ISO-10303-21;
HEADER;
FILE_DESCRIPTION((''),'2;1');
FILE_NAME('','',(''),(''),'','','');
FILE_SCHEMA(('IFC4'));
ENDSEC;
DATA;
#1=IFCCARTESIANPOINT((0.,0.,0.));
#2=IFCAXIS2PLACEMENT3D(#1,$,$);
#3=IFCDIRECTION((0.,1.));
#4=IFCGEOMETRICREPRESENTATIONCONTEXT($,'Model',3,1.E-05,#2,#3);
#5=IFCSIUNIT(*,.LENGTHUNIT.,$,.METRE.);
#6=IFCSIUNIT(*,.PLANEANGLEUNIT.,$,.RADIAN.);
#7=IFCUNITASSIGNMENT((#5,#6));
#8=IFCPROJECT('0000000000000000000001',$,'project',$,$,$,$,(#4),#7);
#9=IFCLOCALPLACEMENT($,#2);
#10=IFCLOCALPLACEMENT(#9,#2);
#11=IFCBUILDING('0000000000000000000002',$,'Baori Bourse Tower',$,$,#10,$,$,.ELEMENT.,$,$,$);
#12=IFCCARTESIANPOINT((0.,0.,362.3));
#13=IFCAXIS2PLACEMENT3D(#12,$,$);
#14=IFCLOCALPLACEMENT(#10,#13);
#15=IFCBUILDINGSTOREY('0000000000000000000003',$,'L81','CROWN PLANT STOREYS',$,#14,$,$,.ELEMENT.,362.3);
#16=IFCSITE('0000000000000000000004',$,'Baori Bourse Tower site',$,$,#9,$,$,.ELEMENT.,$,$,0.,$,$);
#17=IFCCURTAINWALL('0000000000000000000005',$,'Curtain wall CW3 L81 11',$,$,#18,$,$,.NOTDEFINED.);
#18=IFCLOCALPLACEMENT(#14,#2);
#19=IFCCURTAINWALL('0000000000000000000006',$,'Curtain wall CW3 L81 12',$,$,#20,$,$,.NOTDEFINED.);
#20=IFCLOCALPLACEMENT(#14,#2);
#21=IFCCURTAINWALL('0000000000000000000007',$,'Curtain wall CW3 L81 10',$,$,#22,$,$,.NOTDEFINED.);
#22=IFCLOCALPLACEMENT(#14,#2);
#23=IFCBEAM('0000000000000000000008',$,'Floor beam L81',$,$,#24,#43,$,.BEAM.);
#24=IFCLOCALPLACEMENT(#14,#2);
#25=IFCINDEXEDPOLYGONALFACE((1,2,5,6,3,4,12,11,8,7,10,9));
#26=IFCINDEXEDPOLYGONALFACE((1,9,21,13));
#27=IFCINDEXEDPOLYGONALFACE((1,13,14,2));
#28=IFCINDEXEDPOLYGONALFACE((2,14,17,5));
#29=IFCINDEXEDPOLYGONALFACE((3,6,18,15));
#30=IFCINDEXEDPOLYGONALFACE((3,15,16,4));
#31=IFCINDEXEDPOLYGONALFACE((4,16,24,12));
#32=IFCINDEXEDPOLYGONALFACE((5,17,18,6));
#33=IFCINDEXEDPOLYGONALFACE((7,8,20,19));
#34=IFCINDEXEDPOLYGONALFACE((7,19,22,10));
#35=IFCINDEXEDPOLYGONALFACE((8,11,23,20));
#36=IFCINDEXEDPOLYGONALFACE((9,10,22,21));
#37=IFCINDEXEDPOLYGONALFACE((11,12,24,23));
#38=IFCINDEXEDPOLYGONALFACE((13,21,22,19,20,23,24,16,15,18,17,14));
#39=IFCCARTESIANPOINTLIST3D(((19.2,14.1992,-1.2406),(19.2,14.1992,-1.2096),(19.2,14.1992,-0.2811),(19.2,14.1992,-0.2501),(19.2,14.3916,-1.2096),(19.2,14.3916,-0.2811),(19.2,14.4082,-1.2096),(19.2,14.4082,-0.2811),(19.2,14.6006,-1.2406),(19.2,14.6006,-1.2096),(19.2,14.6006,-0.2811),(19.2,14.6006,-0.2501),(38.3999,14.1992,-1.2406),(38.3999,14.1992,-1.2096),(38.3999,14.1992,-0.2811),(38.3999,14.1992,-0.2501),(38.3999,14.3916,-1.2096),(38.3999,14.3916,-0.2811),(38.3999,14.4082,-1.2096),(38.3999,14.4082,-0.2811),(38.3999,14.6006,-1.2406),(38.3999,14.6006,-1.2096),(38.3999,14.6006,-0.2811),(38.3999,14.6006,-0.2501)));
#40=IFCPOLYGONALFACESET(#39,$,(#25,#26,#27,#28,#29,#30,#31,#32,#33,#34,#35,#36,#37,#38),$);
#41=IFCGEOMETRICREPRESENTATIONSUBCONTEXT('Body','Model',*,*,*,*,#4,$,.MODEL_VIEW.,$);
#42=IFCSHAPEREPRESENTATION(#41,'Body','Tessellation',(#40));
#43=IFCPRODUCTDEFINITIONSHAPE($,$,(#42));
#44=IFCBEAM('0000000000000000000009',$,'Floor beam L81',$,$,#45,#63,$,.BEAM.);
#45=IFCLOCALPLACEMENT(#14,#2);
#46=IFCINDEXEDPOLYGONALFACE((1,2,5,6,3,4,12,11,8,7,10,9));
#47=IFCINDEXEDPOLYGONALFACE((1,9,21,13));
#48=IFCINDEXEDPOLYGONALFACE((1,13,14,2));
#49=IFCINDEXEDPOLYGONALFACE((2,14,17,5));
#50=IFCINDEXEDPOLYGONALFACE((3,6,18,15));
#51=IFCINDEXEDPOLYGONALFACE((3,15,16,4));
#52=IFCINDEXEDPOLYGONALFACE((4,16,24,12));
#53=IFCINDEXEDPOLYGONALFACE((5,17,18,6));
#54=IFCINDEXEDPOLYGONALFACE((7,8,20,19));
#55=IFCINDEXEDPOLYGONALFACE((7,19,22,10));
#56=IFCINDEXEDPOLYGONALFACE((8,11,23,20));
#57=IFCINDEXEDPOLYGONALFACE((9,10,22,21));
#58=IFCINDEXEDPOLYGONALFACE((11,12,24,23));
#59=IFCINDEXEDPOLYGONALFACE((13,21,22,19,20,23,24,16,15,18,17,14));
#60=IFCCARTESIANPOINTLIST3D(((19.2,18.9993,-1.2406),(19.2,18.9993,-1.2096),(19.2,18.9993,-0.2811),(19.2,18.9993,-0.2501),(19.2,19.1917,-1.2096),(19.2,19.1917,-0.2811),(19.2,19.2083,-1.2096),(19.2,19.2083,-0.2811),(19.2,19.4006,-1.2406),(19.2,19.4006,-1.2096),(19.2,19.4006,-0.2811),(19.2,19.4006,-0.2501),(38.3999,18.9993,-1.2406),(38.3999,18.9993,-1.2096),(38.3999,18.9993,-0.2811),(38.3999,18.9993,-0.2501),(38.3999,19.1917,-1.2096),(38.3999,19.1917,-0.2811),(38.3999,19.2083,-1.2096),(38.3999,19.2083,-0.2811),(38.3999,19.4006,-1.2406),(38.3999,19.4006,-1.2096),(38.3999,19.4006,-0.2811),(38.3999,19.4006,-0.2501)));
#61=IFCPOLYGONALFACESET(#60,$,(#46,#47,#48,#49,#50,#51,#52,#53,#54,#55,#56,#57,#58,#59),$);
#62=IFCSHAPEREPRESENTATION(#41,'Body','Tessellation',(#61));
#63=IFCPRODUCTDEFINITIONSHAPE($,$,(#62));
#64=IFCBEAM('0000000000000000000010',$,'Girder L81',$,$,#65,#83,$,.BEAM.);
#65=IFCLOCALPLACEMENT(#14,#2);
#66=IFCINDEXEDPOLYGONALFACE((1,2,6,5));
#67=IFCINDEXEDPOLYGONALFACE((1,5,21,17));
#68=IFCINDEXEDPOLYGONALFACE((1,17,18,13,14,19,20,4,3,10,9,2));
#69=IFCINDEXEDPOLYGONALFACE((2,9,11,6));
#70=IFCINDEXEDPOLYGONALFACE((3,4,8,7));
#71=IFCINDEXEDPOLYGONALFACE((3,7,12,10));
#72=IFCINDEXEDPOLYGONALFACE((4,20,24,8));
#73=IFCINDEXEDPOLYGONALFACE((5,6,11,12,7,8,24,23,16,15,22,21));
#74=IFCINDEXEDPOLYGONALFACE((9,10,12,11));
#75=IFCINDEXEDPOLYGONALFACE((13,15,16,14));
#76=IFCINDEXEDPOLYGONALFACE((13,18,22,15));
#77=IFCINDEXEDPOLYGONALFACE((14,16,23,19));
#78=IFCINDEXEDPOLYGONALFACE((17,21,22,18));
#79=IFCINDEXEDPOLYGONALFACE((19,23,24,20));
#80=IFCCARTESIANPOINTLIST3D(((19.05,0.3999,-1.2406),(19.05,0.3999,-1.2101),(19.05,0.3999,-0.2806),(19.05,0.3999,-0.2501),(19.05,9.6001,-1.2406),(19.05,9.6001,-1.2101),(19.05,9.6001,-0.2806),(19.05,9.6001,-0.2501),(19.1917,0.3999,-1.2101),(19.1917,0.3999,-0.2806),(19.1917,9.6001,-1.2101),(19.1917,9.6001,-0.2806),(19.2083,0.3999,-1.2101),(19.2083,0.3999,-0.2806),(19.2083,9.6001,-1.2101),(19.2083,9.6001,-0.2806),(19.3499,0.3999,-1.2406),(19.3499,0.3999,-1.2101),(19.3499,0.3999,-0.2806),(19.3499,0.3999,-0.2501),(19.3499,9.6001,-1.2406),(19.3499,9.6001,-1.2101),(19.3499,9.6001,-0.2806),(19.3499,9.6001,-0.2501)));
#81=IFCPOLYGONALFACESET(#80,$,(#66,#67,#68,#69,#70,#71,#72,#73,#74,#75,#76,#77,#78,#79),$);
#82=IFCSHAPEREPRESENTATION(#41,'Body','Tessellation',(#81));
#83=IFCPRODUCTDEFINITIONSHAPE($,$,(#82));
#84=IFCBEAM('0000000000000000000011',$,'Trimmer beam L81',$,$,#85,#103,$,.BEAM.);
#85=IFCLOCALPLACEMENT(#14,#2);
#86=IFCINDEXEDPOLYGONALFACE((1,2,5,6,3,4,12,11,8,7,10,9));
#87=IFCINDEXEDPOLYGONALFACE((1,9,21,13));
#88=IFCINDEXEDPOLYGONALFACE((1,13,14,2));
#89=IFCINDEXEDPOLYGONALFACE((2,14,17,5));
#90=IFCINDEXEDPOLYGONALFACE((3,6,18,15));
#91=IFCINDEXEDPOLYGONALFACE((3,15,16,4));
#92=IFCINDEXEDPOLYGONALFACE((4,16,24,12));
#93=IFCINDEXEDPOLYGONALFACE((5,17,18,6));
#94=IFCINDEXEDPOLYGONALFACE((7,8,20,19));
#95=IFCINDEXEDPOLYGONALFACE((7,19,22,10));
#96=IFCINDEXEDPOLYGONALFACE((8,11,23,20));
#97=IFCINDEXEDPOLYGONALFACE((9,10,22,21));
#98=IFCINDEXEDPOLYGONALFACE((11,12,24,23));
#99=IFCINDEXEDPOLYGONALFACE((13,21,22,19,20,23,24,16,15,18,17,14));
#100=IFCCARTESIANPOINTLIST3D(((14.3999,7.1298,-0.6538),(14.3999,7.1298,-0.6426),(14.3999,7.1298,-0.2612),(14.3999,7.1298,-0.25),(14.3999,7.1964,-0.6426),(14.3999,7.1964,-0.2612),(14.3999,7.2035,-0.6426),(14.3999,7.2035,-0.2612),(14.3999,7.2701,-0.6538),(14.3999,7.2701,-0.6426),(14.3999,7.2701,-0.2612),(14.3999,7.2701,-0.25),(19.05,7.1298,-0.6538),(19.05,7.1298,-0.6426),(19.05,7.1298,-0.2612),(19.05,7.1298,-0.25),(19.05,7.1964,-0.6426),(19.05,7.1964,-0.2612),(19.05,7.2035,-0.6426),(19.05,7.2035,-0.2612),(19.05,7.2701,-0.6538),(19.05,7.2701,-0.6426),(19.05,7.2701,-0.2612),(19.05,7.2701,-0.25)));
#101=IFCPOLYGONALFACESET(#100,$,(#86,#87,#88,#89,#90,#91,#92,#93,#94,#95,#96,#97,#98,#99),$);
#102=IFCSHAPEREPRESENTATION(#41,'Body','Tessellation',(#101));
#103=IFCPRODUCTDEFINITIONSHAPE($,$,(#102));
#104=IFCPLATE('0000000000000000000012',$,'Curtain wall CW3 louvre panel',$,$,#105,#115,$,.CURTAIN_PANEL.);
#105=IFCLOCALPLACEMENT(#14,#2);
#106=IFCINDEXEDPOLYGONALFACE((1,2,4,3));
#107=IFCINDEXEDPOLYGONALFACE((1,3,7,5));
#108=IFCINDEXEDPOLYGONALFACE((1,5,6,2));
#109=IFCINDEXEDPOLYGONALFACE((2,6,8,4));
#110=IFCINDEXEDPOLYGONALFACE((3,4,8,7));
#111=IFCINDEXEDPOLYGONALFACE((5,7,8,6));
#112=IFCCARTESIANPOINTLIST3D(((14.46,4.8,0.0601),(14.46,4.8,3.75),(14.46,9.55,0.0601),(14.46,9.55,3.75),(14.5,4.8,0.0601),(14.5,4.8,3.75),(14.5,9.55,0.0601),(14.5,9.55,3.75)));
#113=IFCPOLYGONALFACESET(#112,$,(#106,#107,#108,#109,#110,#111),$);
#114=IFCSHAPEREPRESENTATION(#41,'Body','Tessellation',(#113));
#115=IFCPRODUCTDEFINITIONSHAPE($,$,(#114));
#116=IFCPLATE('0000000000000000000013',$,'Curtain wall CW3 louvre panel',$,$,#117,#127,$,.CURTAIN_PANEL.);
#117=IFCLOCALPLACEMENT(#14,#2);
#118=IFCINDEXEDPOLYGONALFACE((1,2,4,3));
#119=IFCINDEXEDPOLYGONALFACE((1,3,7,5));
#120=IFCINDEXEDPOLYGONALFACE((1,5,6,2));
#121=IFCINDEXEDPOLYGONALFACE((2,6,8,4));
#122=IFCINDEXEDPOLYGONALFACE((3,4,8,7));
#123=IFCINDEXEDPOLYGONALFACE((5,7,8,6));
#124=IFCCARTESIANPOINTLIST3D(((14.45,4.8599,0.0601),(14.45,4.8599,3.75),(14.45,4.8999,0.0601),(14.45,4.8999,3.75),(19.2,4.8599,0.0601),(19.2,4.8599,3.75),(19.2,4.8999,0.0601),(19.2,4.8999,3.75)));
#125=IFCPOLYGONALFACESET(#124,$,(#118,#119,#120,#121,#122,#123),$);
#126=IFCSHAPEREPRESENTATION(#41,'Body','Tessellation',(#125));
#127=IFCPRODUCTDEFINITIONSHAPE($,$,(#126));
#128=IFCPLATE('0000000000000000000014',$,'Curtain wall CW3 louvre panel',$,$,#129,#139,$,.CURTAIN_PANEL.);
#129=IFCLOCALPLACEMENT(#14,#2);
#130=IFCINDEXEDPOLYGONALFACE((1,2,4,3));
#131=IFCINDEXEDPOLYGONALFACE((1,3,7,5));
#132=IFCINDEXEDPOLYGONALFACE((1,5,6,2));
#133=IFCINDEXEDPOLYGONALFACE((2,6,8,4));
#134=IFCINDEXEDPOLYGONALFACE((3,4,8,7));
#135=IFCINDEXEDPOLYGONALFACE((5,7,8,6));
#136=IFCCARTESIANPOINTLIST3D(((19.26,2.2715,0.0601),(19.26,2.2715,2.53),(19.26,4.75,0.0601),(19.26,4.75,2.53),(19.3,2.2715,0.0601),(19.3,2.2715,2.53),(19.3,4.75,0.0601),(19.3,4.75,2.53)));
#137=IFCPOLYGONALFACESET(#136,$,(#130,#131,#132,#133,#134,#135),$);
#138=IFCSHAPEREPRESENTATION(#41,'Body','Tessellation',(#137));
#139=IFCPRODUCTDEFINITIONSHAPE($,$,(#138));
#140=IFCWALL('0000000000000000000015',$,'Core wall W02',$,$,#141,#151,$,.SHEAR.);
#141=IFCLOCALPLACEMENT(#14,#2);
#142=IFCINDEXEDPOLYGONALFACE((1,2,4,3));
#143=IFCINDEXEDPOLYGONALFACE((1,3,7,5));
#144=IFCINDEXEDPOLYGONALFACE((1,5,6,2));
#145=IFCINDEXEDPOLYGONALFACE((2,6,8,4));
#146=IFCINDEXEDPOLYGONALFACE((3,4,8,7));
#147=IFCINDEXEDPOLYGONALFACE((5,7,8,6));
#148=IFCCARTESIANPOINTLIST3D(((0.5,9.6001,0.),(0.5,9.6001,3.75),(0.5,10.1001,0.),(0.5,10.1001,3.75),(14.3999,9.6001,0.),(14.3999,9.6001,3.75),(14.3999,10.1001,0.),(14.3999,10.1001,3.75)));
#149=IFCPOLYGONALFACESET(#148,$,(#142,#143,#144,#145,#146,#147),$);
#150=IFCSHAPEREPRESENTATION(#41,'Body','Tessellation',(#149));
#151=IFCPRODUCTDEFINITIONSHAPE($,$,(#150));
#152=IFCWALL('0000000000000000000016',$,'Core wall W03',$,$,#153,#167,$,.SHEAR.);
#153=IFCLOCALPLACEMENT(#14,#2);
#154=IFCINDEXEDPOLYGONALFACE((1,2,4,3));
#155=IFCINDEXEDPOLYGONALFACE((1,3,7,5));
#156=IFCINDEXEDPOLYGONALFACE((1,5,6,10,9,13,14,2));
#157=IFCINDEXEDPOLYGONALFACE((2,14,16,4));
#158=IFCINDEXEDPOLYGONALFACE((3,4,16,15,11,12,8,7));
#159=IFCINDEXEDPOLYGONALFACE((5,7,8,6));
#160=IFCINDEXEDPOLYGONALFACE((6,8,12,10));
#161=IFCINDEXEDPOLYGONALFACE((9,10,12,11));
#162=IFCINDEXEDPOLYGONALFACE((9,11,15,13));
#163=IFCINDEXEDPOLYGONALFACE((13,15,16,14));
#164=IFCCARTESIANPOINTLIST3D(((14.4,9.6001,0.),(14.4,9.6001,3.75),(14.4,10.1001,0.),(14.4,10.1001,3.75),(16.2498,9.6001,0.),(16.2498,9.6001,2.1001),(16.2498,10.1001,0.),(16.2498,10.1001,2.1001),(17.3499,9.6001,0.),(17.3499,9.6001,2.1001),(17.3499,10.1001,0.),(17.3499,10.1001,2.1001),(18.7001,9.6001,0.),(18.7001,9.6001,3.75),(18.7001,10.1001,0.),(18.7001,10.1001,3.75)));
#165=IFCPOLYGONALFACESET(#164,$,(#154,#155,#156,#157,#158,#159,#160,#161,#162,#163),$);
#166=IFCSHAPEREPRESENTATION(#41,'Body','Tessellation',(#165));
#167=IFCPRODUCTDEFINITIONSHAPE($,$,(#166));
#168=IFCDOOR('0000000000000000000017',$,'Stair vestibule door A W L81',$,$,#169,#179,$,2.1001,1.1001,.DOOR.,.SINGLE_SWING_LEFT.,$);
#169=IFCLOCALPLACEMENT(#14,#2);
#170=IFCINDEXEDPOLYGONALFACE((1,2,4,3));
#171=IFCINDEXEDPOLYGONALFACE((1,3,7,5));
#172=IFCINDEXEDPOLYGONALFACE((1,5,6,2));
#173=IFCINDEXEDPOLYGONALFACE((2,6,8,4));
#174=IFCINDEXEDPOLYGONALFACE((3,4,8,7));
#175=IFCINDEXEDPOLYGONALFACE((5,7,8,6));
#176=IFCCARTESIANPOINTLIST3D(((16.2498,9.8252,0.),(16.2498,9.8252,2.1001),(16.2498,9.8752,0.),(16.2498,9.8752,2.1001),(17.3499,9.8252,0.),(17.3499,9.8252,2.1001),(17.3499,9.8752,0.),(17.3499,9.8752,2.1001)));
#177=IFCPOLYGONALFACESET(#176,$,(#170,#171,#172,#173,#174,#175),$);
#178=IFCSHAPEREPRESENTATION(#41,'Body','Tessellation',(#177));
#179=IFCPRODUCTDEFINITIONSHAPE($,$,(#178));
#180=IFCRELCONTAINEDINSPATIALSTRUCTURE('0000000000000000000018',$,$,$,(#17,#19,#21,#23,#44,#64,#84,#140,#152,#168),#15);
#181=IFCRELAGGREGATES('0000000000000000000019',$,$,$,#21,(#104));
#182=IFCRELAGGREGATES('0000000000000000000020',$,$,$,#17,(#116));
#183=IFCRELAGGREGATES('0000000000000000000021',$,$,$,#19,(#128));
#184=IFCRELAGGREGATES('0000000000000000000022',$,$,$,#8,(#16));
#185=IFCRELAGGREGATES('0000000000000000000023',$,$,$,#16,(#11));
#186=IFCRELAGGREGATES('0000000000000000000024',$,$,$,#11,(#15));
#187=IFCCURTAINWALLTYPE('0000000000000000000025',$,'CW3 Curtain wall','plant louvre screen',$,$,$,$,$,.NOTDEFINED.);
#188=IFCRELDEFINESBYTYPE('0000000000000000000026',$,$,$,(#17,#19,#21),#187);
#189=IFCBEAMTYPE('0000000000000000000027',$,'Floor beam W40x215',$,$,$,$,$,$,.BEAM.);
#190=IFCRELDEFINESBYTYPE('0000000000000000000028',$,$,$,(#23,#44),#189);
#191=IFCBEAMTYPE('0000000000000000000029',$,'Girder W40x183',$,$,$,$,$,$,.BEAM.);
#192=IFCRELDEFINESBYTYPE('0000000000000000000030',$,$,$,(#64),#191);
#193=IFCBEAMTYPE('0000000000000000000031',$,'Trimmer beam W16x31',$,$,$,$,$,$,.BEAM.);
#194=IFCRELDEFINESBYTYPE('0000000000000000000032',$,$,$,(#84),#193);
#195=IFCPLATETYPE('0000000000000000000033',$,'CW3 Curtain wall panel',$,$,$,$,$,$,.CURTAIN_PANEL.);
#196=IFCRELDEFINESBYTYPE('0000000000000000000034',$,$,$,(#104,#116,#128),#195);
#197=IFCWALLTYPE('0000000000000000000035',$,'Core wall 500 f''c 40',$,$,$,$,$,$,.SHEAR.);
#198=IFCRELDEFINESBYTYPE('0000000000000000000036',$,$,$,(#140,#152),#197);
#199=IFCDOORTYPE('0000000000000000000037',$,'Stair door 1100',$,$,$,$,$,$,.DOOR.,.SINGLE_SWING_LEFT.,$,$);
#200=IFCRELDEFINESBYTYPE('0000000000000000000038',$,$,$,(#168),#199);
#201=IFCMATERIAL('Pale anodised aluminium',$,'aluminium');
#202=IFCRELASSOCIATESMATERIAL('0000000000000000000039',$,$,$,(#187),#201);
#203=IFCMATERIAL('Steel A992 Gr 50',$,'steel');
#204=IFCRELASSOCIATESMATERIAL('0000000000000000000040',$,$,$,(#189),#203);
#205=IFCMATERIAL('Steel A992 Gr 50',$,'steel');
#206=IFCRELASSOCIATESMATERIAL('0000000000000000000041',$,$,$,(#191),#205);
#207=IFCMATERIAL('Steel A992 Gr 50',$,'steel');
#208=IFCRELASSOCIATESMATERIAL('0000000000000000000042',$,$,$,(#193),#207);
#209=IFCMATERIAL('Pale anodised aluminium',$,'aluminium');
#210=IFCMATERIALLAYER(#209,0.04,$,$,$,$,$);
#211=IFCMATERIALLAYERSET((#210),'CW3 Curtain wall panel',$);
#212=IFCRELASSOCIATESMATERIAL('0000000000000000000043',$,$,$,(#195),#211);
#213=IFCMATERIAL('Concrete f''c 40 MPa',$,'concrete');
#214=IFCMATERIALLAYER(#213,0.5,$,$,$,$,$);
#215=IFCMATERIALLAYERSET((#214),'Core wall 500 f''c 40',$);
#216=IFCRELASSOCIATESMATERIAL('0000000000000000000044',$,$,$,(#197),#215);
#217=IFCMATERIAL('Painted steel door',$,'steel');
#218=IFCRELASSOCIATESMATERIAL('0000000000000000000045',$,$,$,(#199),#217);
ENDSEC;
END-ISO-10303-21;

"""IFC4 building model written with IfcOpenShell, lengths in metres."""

from ifc_helpers import new_model, si_unit, direction, frame, frame_2d, origin, origin_2d, place, context, subcontext, project, spatial, rectangle, i_section, extrude, material, layer, layer_set, material_profile, profile_set, type_object, element, fill, aggregate, save


model = new_model("IFC4")

# Units and contexts
model_context = context("Model", 3, precision=1e-05, world=origin(), true_north=direction((0.0, 1.0)))
body_context = subcontext(model_context, "Body", "Model", "MODEL_VIEW")
ifc_project = project(units=[si_unit("LENGTHUNIT", "METRE"), si_unit("PLANEANGLEUNIT", "RADIAN")], contexts=[model_context])

# Site, building, storey
site_placement = place(None, origin())
site = spatial("IfcSite", under=ifc_project, at=site_placement, Name="Baori Bourse Tower site", CompositionType="ELEMENT", RefElevation=0.0)
building_placement = place(site_placement, origin())
building = spatial("IfcBuilding", under=site, at=building_placement, Name="Baori Bourse Tower", CompositionType="ELEMENT")
storey_placement = place(building_placement, frame((0.0, 0.0, 362.3)))
storey = spatial("IfcBuildingStorey", under=building, at=storey_placement, Name="L81", Description="CROWN PLANT STOREYS", CompositionType="ELEMENT", Elevation=362.3)

# Curtain walls
ifc_material_1 = material(Name="Pale anodised aluminium", Category="aluminium")
curtain_wall_type = type_object("IfcCurtainWallType", Name="CW3 Curtain wall", Description="plant louvre screen", PredefinedType="NOTDEFINED", material=ifc_material_1)
curtain_wall_1_placement = place(storey_placement, origin())
curtain_wall_1 = element("IfcCurtainWall", 1, at=curtain_wall_1_placement, inside=storey, type_object=curtain_wall_type, Name="Curtain wall CW3 L81 11", PredefinedType="NOTDEFINED")
curtain_wall_2_placement = place(storey_placement, origin())
curtain_wall_2 = element("IfcCurtainWall", 2, at=curtain_wall_2_placement, inside=storey, type_object=curtain_wall_type, Name="Curtain wall CW3 L81 12", PredefinedType="NOTDEFINED")
curtain_wall_3_placement = place(storey_placement, origin())
curtain_wall_3 = element("IfcCurtainWall", 3, at=curtain_wall_3_placement, inside=storey, type_object=curtain_wall_type, Name="Curtain wall CW3 L81 10", PredefinedType="NOTDEFINED")

# Beams
ifc_material_2 = material(Name="Steel A992 Gr 50", Category="steel")
ifc_material_profile_1 = material_profile(ifc_material_2, i_section(OverallWidth=0.4014, OverallDepth=0.9905, WebThickness=0.0166, FlangeThickness=0.031, at=origin_2d()), Name="W40x215")
ifc_profile_set_1 = profile_set([ifc_material_profile_1], Name="Steel A992 Gr 50")
beam_type_1 = type_object("IfcBeamType", Name="Floor beam W40x215", PredefinedType="BEAM", material=ifc_profile_set_1)
for number, where, z_axis, x_axis, name in (
    (4, (19.2, 14.3999, -0.7454), (1.0, 0.0, 0.0), (0.0, 1.0, 0.0), "Floor beam L81"),
    (5, (19.2, 19.2, -0.7454), (1.0, 0.0, 0.0), (0.0, 1.0, 0.0), "Floor beam L81"),
):
    element("IfcBeam", number, at=place(storey_placement, frame(where, z_axis=z_axis, x_axis=x_axis)), inside=storey, type_object=beam_type_1, Name=name, PredefinedType="BEAM", context=body_context, shape_type="SweptSolid", body=[
        extrude(i_section(OverallWidth=0.4014, OverallDepth=0.9905, WebThickness=0.0166, FlangeThickness=0.031, at=origin_2d()), origin(), (0.0, 0.0, 1.0), 19.2),
    ])
ifc_material_3 = material(Name="Steel A992 Gr 50", Category="steel")
ifc_material_profile_2 = material_profile(ifc_material_3, i_section(OverallWidth=0.2998, OverallDepth=0.9905, WebThickness=0.0166, FlangeThickness=0.0305, at=origin_2d()), Name="W40x183")
ifc_profile_set_2 = profile_set([ifc_material_profile_2], Name="Steel A992 Gr 50")
beam_type_2 = type_object("IfcBeamType", Name="Girder W40x183", PredefinedType="BEAM", material=ifc_profile_set_2)
beam_1_placement = place(storey_placement, frame((19.2, 0.3999, -0.7454), z_axis=(0.0, 1.0, 0.0), x_axis=(-1.0, 0.0, 0.0)))
element("IfcBeam", 6, at=beam_1_placement, inside=storey, type_object=beam_type_2, Name="Girder L81", PredefinedType="BEAM", context=body_context, shape_type="SweptSolid", body=[
    extrude(i_section(OverallWidth=0.2998, OverallDepth=0.9905, WebThickness=0.0166, FlangeThickness=0.0305, at=origin_2d()), origin(), (0.0, 0.0, 1.0), 9.2002),
])
ifc_material_4 = material(Name="Steel A992 Gr 50", Category="steel")
ifc_material_profile_3 = material_profile(ifc_material_4, i_section(OverallWidth=0.1404, OverallDepth=0.4038, WebThickness=0.0071, FlangeThickness=0.0112, at=origin_2d()), Name="W16x31")
ifc_profile_set_3 = profile_set([ifc_material_profile_3], Name="Steel A992 Gr 50")
beam_type_3 = type_object("IfcBeamType", Name="Trimmer beam W16x31", PredefinedType="BEAM", material=ifc_profile_set_3)
beam_2_placement = place(storey_placement, frame((14.3999, 7.2, -0.4519), z_axis=(1.0, 0.0, 0.0), x_axis=(0.0, 1.0, 0.0)))
element("IfcBeam", 7, at=beam_2_placement, inside=storey, type_object=beam_type_3, Name="Trimmer beam L81", PredefinedType="BEAM", context=body_context, shape_type="SweptSolid", body=[
    extrude(i_section(OverallWidth=0.1404, OverallDepth=0.4038, WebThickness=0.0071, FlangeThickness=0.0112, at=origin_2d()), origin(), (0.0, 0.0, 1.0), 4.6501),
])

# Plates
ifc_material_5 = material(Name="Pale anodised aluminium", Category="aluminium")
ifc_layer_1 = layer(ifc_material_5, 0.04)
ifc_layer_set_1 = layer_set([ifc_layer_1], Name="CW3 Curtain wall panel")
plate_type = type_object("IfcPlateType", Name="CW3 Curtain wall panel", PredefinedType="CURTAIN_PANEL", material=ifc_layer_set_1)
plate_1_placement = place(storey_placement, frame((14.48, 7.175, 0.0601), z_axis=(0.0, 0.0, 1.0), x_axis=(0.0, -1.0, 0.0)))
plate_1 = element("IfcPlate", 8, at=plate_1_placement, type_object=plate_type, Name="Curtain wall CW3 louvre panel", PredefinedType="CURTAIN_PANEL", context=body_context, shape_type="SweptSolid", body=[
    extrude(rectangle(XDim=4.75, YDim=0.04, at=origin_2d()), origin(), (0.0, 0.0, 1.0), 3.6899),
])
aggregate(curtain_wall_3, [plate_1])
plate_2_placement = place(storey_placement, frame((16.825, 4.8799, 0.0601), z_axis=(0.0, 0.0, 1.0), x_axis=(1.0, 0.0, 0.0)))
plate_2 = element("IfcPlate", 9, at=plate_2_placement, type_object=plate_type, Name="Curtain wall CW3 louvre panel", PredefinedType="CURTAIN_PANEL", context=body_context, shape_type="SweptSolid", body=[
    extrude(rectangle(XDim=4.75, YDim=0.04, at=origin_2d()), origin(), (0.0, 0.0, 1.0), 3.6899),
])
aggregate(curtain_wall_1, [plate_2])
plate_3_placement = place(storey_placement, frame((19.28, 3.5107, 0.0601), z_axis=(0.0, 0.0, 1.0), x_axis=(0.0, -1.0, 0.0)))
plate_3 = element("IfcPlate", 10, at=plate_3_placement, type_object=plate_type, Name="Curtain wall CW3 louvre panel", PredefinedType="CURTAIN_PANEL", context=body_context, shape_type="SweptSolid", body=[
    extrude(rectangle(XDim=2.4785, YDim=0.04, at=origin_2d()), origin(), (0.0, 0.0, 1.0), 2.47),
])
aggregate(curtain_wall_2, [plate_3])

# Wall
ifc_material_6 = material(Name="Concrete f'c 40 MPa", Category="concrete")
ifc_layer_2 = layer(ifc_material_6, 0.5)
ifc_layer_set_2 = layer_set([ifc_layer_2], Name="Core wall 500 f'c 40")
wall_type_1 = type_object("IfcWallType", Name="Core wall 500 f'c 40", PredefinedType="SHEAR", material=ifc_layer_set_2)
wall_1_placement = place(storey_placement, frame((14.3999, 9.8501, 0.0), z_axis=(0.0, 0.0, 1.0), x_axis=(-1.0, 0.0, 0.0)))
element("IfcWall", 11, at=wall_1_placement, inside=storey, type_object=wall_type_1, Name="Core wall W02", PredefinedType="SHEAR", context=body_context, shape_type="SweptSolid", body=[
    extrude(rectangle(XDim=13.8999, YDim=0.5, at=frame_2d((6.95, 0.0))), origin(), (0.0, 0.0, 1.0), 3.75),
])

# Wall, opening, door
wall_2_placement = place(storey_placement, frame((18.7, 9.8501, 0.0), z_axis=(0.0, 0.0, 1.0), x_axis=(-1.0, 0.0, 0.0)))
wall_2 = element("IfcWall", 12, at=wall_2_placement, inside=storey, type_object=wall_type_1, Name="Core wall W03", PredefinedType="SHEAR", context=body_context, shape_type="SweptSolid", body=[
    extrude(rectangle(XDim=4.3, YDim=0.5, at=frame_2d((2.1499, 0.0))), origin(), (0.0, 0.0, 1.0), 3.75),
])
opening_1_placement = place(wall_2_placement, frame((1.3501, 0.0, 0.0)))
opening_1 = element("IfcOpeningElement", 13, at=opening_1_placement, cuts=wall_2, PredefinedType="OPENING", context=body_context, shape_type="SweptSolid", body=[
    extrude(rectangle(XDim=1.1001, YDim=2.1001, at=frame_2d((0.55, 1.05))), frame((0.0, 0.26, 0.0), z_axis=(0.0, -1.0, 0.0), x_axis=(1.0, 0.0, 0.0)), (0.0, 0.0, 1.0), 0.52),
])
ifc_material_7 = material(Name="Painted steel door", Category="steel")
door_type_1 = type_object("IfcDoorType", Name="Stair door 1100", OperationType="SINGLE_SWING_LEFT", PredefinedType="DOOR", material=ifc_material_7)
door_1_placement = place(opening_1_placement, origin())
door_1 = element("IfcDoor", 14, at=door_1_placement, inside=storey, type_object=door_type_1, Name="Stair vestibule door A W L81", OperationType="SINGLE_SWING_LEFT", OverallHeight=2.1001, OverallWidth=1.1001, PredefinedType="DOOR", context=body_context, shape_type="SweptSolid", body=[
    extrude(rectangle(XDim=1.1001, YDim=2.1001, at=frame_2d((0.55, 1.05))), frame((0.0, 0.0249, 0.0), z_axis=(0.0, -1.0, 0.0), x_axis=(1.0, 0.0, 0.0)), (0.0, 0.0, 1.0), 0.05),
])
fill(opening_1, door_1)

save(model, "model.ifc")
